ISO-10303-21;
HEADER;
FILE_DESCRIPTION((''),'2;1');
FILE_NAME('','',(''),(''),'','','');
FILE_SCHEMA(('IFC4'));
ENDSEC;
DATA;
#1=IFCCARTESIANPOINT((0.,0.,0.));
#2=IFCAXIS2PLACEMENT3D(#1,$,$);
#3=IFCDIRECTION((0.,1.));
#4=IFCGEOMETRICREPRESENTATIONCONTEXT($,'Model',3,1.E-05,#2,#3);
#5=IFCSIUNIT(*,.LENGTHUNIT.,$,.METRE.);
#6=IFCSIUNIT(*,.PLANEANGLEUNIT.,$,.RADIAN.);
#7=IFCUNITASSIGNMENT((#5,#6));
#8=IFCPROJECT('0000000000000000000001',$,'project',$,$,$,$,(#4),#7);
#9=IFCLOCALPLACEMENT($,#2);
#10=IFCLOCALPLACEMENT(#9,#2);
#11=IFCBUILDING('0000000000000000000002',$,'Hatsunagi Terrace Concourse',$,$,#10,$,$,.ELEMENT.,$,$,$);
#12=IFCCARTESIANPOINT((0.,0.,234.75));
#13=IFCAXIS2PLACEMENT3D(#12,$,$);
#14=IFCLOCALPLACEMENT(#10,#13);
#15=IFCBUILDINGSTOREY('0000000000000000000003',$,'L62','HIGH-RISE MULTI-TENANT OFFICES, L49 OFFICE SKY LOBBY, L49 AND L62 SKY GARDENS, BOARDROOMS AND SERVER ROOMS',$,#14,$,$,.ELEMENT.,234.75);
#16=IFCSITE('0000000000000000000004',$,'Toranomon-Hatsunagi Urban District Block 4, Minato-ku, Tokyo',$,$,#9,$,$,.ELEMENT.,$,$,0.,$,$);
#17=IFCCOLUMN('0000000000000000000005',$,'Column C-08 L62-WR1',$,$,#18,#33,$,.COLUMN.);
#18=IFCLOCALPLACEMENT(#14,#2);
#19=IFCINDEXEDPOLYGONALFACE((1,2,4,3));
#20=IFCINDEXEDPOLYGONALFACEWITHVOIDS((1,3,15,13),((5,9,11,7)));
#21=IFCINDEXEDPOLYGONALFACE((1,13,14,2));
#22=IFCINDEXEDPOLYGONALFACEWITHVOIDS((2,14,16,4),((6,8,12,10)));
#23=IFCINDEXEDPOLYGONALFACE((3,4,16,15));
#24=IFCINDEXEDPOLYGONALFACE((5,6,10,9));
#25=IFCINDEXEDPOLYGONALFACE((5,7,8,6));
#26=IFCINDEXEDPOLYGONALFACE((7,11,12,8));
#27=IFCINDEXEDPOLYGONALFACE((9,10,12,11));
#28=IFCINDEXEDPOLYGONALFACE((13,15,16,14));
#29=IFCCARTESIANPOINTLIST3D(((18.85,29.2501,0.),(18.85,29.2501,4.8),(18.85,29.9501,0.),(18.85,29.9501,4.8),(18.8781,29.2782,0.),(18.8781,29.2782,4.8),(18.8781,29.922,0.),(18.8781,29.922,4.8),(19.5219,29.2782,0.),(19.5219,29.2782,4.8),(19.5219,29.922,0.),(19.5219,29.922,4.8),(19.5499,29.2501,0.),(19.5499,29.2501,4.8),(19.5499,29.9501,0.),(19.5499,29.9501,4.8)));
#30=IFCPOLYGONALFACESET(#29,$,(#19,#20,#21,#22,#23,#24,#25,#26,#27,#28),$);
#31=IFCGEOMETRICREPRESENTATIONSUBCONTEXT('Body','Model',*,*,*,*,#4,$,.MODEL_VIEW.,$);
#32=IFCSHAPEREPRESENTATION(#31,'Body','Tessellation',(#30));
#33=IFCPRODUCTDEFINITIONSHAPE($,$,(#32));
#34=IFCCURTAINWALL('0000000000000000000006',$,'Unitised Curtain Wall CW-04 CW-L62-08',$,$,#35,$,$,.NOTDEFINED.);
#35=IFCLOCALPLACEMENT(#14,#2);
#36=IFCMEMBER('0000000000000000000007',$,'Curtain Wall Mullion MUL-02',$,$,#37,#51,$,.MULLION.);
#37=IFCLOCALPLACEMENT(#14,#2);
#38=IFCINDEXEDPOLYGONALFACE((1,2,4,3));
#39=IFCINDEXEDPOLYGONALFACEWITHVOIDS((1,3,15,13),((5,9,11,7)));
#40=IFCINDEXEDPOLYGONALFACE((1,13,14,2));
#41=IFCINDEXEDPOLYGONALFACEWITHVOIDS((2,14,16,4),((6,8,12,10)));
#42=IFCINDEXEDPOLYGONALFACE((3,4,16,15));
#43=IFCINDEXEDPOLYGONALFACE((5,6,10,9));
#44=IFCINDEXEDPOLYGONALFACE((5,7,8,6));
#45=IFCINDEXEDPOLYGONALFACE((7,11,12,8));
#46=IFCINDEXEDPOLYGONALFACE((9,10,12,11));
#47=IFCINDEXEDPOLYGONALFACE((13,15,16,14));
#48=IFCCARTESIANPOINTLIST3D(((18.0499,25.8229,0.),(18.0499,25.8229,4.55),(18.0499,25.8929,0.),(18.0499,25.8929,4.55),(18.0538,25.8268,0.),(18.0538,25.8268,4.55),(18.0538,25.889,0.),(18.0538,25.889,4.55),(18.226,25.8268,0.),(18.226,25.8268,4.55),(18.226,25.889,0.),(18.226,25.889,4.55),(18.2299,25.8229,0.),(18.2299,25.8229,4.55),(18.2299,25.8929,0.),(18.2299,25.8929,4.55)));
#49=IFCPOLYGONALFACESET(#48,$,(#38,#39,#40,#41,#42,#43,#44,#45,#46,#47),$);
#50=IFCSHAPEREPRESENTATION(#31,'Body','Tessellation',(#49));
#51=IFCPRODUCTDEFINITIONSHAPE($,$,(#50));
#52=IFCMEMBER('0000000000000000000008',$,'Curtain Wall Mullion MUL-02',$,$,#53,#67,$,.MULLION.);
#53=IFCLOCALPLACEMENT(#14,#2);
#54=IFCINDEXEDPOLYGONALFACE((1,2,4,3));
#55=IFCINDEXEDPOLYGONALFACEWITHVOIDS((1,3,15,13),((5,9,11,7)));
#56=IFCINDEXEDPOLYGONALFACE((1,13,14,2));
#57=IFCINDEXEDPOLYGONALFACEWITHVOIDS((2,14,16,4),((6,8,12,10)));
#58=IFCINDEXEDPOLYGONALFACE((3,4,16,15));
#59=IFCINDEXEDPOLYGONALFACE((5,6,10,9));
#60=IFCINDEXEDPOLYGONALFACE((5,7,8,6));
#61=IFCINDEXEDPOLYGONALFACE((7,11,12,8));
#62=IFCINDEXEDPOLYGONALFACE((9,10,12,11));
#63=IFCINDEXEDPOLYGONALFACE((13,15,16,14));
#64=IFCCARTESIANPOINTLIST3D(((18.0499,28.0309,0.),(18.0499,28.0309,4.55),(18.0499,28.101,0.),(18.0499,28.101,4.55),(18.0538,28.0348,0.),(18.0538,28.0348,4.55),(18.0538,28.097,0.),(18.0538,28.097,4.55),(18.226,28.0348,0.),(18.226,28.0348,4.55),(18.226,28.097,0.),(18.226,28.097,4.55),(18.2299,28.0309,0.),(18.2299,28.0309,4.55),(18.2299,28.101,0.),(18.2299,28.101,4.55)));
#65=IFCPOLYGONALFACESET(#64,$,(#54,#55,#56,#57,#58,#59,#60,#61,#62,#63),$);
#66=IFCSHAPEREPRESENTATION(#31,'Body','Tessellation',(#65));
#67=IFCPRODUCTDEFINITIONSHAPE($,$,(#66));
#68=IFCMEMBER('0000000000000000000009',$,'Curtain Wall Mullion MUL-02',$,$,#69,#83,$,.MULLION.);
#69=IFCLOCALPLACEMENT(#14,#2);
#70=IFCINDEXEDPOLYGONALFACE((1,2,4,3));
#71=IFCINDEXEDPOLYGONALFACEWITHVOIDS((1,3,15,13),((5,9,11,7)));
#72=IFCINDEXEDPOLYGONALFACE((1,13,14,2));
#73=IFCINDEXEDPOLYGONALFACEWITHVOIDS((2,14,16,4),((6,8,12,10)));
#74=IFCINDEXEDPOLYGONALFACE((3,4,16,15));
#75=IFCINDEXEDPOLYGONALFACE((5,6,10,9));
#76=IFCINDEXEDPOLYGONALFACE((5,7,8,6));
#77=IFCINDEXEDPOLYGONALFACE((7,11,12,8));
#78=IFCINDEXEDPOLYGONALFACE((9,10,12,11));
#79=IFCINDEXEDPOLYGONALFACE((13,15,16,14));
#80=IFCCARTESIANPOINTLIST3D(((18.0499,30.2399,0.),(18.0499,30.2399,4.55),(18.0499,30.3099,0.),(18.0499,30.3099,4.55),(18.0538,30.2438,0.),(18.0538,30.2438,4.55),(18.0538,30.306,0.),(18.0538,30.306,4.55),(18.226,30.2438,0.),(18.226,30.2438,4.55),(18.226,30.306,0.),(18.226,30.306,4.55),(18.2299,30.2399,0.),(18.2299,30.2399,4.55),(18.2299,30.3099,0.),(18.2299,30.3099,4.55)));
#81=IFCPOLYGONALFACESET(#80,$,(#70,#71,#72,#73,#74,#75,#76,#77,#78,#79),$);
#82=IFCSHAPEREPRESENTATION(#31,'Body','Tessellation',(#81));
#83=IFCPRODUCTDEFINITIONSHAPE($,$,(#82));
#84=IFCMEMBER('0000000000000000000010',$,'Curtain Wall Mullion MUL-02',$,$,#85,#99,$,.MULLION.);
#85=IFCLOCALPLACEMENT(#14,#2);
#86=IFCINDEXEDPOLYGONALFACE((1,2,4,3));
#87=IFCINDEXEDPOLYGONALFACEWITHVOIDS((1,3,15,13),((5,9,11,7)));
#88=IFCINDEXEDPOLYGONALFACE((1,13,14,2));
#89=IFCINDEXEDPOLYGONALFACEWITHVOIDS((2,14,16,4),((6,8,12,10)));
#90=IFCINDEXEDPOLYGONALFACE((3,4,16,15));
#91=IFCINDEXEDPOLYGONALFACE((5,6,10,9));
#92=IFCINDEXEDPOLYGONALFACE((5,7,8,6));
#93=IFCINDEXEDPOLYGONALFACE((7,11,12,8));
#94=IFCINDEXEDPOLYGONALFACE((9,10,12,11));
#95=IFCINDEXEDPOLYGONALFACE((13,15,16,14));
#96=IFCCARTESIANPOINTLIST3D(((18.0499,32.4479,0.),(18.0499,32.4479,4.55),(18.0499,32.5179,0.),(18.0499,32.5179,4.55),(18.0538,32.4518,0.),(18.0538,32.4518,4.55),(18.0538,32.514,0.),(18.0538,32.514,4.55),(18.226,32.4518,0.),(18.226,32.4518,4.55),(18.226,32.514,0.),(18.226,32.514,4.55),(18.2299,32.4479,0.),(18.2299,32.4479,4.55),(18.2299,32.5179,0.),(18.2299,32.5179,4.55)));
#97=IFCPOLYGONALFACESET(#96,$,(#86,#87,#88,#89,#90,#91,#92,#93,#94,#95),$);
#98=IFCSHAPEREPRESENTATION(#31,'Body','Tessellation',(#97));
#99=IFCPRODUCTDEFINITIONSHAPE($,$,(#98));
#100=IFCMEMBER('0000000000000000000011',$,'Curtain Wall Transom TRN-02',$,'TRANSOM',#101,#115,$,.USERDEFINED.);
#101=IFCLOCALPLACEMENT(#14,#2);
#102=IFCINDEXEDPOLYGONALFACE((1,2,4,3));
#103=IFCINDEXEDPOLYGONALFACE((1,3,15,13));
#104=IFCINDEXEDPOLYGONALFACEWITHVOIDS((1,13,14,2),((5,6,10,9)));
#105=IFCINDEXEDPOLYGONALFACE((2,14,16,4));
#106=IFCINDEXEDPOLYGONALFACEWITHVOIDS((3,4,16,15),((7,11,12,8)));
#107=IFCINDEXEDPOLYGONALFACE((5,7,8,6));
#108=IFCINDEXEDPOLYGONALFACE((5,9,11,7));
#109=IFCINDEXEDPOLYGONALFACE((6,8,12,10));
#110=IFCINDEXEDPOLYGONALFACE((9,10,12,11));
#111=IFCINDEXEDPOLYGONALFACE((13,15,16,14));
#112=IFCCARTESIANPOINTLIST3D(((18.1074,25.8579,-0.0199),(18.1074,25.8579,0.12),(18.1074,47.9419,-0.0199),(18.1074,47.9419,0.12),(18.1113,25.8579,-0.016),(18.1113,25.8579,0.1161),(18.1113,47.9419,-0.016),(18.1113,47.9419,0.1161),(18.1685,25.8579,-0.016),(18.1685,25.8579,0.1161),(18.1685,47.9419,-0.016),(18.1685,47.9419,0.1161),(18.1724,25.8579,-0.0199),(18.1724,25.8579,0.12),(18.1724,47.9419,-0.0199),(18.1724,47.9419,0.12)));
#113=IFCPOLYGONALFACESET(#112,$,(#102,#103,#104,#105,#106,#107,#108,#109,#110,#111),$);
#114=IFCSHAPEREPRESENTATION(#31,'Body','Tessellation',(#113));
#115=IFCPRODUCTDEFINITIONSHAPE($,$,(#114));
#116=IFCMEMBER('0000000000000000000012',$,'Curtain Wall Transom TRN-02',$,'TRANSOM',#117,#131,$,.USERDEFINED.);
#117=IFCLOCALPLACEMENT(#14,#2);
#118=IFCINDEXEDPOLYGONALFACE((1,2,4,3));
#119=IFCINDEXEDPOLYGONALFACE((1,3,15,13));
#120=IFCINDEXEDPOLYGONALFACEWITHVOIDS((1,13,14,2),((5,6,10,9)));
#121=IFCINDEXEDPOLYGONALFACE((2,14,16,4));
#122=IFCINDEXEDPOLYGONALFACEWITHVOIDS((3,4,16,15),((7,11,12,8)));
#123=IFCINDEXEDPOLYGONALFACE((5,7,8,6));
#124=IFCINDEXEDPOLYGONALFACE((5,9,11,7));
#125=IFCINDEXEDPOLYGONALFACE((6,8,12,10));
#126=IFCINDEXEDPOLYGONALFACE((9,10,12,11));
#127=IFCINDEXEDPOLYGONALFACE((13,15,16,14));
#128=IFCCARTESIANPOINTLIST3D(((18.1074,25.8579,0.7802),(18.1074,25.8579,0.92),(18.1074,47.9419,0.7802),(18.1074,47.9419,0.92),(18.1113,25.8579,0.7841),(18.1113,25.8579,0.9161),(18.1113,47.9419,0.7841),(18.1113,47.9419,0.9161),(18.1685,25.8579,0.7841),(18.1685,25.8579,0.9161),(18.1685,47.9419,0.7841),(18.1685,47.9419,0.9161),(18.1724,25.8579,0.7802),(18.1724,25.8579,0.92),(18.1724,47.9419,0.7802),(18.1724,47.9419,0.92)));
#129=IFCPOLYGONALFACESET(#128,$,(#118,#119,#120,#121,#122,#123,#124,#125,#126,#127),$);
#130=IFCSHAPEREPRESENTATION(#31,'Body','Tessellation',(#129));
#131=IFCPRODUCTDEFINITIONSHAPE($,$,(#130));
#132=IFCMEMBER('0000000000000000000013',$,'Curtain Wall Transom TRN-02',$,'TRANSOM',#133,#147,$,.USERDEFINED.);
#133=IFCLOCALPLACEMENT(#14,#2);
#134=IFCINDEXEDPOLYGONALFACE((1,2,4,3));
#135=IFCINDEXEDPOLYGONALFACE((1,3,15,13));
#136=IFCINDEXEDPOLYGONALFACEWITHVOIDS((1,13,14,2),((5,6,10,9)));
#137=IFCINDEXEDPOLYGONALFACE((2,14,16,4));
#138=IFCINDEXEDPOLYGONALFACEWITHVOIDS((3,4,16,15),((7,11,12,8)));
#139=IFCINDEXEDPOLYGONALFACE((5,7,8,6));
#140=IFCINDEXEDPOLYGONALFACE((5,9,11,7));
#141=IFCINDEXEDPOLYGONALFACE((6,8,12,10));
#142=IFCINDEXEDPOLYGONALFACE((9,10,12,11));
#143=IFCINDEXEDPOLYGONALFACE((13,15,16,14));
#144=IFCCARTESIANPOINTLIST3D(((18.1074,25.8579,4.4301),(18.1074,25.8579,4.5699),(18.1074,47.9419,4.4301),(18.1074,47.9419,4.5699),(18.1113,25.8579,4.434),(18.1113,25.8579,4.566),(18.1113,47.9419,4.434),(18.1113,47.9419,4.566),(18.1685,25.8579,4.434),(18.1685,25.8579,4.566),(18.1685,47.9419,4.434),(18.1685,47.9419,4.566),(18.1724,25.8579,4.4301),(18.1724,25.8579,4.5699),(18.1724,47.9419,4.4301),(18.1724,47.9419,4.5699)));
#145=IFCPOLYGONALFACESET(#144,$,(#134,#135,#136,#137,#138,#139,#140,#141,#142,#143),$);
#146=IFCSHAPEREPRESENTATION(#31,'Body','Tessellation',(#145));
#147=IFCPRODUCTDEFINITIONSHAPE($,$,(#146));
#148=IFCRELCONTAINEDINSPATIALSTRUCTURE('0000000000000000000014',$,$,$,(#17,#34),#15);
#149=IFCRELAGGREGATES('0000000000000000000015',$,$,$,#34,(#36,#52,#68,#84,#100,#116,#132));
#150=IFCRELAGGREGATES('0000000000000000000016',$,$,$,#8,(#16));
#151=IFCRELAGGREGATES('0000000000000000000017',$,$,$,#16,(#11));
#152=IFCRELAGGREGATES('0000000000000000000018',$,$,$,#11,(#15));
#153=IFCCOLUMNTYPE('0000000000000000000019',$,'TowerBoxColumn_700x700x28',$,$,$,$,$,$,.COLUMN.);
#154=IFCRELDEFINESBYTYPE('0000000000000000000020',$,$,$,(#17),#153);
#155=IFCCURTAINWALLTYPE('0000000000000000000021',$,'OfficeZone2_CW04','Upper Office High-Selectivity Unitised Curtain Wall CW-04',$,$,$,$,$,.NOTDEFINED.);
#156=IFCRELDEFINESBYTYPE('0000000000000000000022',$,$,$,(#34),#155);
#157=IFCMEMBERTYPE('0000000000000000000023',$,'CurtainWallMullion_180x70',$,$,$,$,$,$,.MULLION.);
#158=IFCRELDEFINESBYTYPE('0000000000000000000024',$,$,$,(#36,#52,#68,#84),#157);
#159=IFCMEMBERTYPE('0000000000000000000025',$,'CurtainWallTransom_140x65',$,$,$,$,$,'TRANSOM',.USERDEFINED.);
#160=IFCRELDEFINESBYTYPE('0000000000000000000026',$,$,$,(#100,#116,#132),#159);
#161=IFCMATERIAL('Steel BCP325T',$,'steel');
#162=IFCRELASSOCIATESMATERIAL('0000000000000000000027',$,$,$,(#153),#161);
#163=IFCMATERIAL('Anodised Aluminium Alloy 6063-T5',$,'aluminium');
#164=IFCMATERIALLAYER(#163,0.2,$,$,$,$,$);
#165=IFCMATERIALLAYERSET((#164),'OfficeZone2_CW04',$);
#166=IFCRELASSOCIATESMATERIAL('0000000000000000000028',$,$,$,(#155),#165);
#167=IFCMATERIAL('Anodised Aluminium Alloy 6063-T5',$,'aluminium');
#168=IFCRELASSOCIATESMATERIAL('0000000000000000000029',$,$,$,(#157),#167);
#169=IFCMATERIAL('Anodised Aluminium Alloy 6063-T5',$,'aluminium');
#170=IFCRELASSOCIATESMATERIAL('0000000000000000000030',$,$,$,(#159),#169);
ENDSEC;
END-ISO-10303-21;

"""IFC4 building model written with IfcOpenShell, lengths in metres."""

from ifc_helpers import new_model, si_unit, direction, frame, origin, origin_2d, place, context, subcontext, project, spatial, hollow_rectangle, extrude, material, layer, layer_set, material_profile, profile_set, type_object, element, aggregate, save


model = new_model("IFC4")

# Units and contexts
model_context = context("Model", 3, precision=1e-05, world=origin(), true_north=direction((0.0, 1.0)))
body_context = subcontext(model_context, "Body", "Model", "MODEL_VIEW")
ifc_project = project(units=[si_unit("LENGTHUNIT", "METRE"), si_unit("PLANEANGLEUNIT", "RADIAN")], contexts=[model_context])

# Site, building, storey
site_placement = place(None, origin())
site = spatial("IfcSite", under=ifc_project, at=site_placement, Name="Toranomon-Hatsunagi Urban District Block 4, Minato-ku, Tokyo", CompositionType="ELEMENT", RefElevation=0.0)
building_placement = place(site_placement, origin())
building = spatial("IfcBuilding", under=site, at=building_placement, Name="Hatsunagi Terrace Concourse", CompositionType="ELEMENT")
storey_placement = place(building_placement, frame((0.0, 0.0, 234.75)))
storey = spatial("IfcBuildingStorey", under=building, at=storey_placement, Name="L62", Description="HIGH-RISE MULTI-TENANT OFFICES, L49 OFFICE SKY LOBBY, L49 AND L62 SKY GARDENS, BOARDROOMS AND SERVER ROOMS", CompositionType="ELEMENT", Elevation=234.75)

# Column
ifc_material_1 = material(Name="Steel BCP325T", Category="steel")
ifc_material_profile_1 = material_profile(ifc_material_1, hollow_rectangle(XDim=0.7, YDim=0.7, WallThickness=0.0281, at=origin_2d()), Name="BCP-700x700x28")
ifc_profile_set_1 = profile_set([ifc_material_profile_1], Name="Steel BCP325T")
column_type = type_object("IfcColumnType", Name="TowerBoxColumn_700x700x28", PredefinedType="COLUMN", material=ifc_profile_set_1)
column_placement = place(storey_placement, frame((19.2, 29.6001, 0.0), z_axis=(0.0, 0.0, 1.0), x_axis=(1.0, 0.0, 0.0)))
element("IfcColumn", 1, at=column_placement, inside=storey, type_object=column_type, Name="Column C-08 L62-WR1", PredefinedType="COLUMN", context=body_context, shape_type="SweptSolid", body=[
    extrude(hollow_rectangle(XDim=0.7, YDim=0.7, WallThickness=0.0281, at=origin_2d()), origin(), (0.0, 0.0, 1.0), 4.8),
])

# Curtain wall, members
ifc_material_2 = material(Name="Anodised Aluminium Alloy 6063-T5", Category="aluminium")
ifc_layer_1 = layer(ifc_material_2, 0.2)
ifc_layer_set_1 = layer_set([ifc_layer_1], Name="OfficeZone2_CW04")
curtain_wall_type = type_object("IfcCurtainWallType", Name="OfficeZone2_CW04", Description="Upper Office High-Selectivity Unitised Curtain Wall CW-04", PredefinedType="NOTDEFINED", material=ifc_layer_set_1)
curtain_wall_placement = place(storey_placement, origin())
curtain_wall = element("IfcCurtainWall", 2, at=curtain_wall_placement, inside=storey, type_object=curtain_wall_type, Name="Unitised Curtain Wall CW-04 CW-L62-08", PredefinedType="NOTDEFINED")
ifc_material_3 = material(Name="Anodised Aluminium Alloy 6063-T5", Category="aluminium")
ifc_material_profile_2 = material_profile(ifc_material_3, hollow_rectangle(XDim=0.0701, YDim=0.1799, WallThickness=0.0039, at=origin_2d()), Name="ALU-MUL-180x70x4")
ifc_profile_set_2 = profile_set([ifc_material_profile_2], Name="Anodised Aluminium Alloy 6063-T5")
member_type_1 = type_object("IfcMemberType", Name="CurtainWallMullion_180x70", PredefinedType="MULLION", material=ifc_profile_set_2)
member_1_placement = place(storey_placement, frame((18.1399, 25.8579, 0.0), z_axis=(0.0, 0.0, 1.0), x_axis=(0.0, 1.0, 0.0)))
member_1 = element("IfcMember", 3, at=member_1_placement, type_object=member_type_1, Name="Curtain Wall Mullion MUL-02", PredefinedType="MULLION", context=body_context, shape_type="SweptSolid", body=[
    extrude(hollow_rectangle(XDim=0.0701, YDim=0.1799, WallThickness=0.0039, at=origin_2d()), origin(), (0.0, 0.0, 1.0), 4.55),
])
member_2_placement = place(storey_placement, frame((18.1399, 28.0659, 0.0), z_axis=(0.0, 0.0, 1.0), x_axis=(0.0, 1.0, 0.0)))
member_2 = element("IfcMember", 4, at=member_2_placement, type_object=member_type_1, Name="Curtain Wall Mullion MUL-02", PredefinedType="MULLION", context=body_context, shape_type="SweptSolid", body=[
    extrude(hollow_rectangle(XDim=0.0701, YDim=0.1799, WallThickness=0.0039, at=origin_2d()), origin(), (0.0, 0.0, 1.0), 4.55),
])
member_3_placement = place(storey_placement, frame((18.1399, 30.2749, 0.0), z_axis=(0.0, 0.0, 1.0), x_axis=(0.0, 1.0, 0.0)))
member_3 = element("IfcMember", 5, at=member_3_placement, type_object=member_type_1, Name="Curtain Wall Mullion MUL-02", PredefinedType="MULLION", context=body_context, shape_type="SweptSolid", body=[
    extrude(hollow_rectangle(XDim=0.0701, YDim=0.1799, WallThickness=0.0039, at=origin_2d()), origin(), (0.0, 0.0, 1.0), 4.55),
])
member_4_placement = place(storey_placement, frame((18.1399, 32.4829, 0.0), z_axis=(0.0, 0.0, 1.0), x_axis=(0.0, 1.0, 0.0)))
member_4 = element("IfcMember", 6, at=member_4_placement, type_object=member_type_1, Name="Curtain Wall Mullion MUL-02", PredefinedType="MULLION", context=body_context, shape_type="SweptSolid", body=[
    extrude(hollow_rectangle(XDim=0.0701, YDim=0.1799, WallThickness=0.0039, at=origin_2d()), origin(), (0.0, 0.0, 1.0), 4.55),
])
ifc_material_4 = material(Name="Anodised Aluminium Alloy 6063-T5", Category="aluminium")
ifc_material_profile_3 = material_profile(ifc_material_4, hollow_rectangle(XDim=0.0649, YDim=0.1399, WallThickness=0.0039, at=origin_2d()), Name="ALU-TRN-140x65x4")
ifc_profile_set_3 = profile_set([ifc_material_profile_3], Name="Anodised Aluminium Alloy 6063-T5")
member_type_2 = type_object("IfcMemberType", Name="CurtainWallTransom_140x65", ElementType="TRANSOM", PredefinedType="USERDEFINED", material=ifc_profile_set_3)
member_5_placement = place(storey_placement, frame((18.1399, 25.8579, 0.05), z_axis=(0.0, 1.0, 0.0), x_axis=(-1.0, 0.0, 0.0)))
member_5 = element("IfcMember", 7, at=member_5_placement, type_object=member_type_2, Name="Curtain Wall Transom TRN-02", ObjectType="TRANSOM", PredefinedType="USERDEFINED", context=body_context, shape_type="SweptSolid", body=[
    extrude(hollow_rectangle(XDim=0.0649, YDim=0.1399, WallThickness=0.0039, at=origin_2d()), origin(), (0.0, 0.0, 1.0), 22.084),
])
member_6_placement = place(storey_placement, frame((18.1399, 25.8579, 0.8501), z_axis=(0.0, 1.0, 0.0), x_axis=(-1.0, 0.0, 0.0)))
member_6 = element("IfcMember", 8, at=member_6_placement, type_object=member_type_2, Name="Curtain Wall Transom TRN-02", ObjectType="TRANSOM", PredefinedType="USERDEFINED", context=body_context, shape_type="SweptSolid", body=[
    extrude(hollow_rectangle(XDim=0.0649, YDim=0.1399, WallThickness=0.0039, at=origin_2d()), origin(), (0.0, 0.0, 1.0), 22.084),
])
member_7_placement = place(storey_placement, frame((18.1399, 25.8579, 4.5), z_axis=(0.0, 1.0, 0.0), x_axis=(-1.0, 0.0, 0.0)))
member_7 = element("IfcMember", 9, at=member_7_placement, type_object=member_type_2, Name="Curtain Wall Transom TRN-02", ObjectType="TRANSOM", PredefinedType="USERDEFINED", context=body_context, shape_type="SweptSolid", body=[
    extrude(hollow_rectangle(XDim=0.0649, YDim=0.1399, WallThickness=0.0039, at=origin_2d()), origin(), (0.0, 0.0, 1.0), 22.084),
])

aggregate(curtain_wall, [member_1, member_2, member_3, member_4, member_5, member_6, member_7])

save(model, "model.ifc")
